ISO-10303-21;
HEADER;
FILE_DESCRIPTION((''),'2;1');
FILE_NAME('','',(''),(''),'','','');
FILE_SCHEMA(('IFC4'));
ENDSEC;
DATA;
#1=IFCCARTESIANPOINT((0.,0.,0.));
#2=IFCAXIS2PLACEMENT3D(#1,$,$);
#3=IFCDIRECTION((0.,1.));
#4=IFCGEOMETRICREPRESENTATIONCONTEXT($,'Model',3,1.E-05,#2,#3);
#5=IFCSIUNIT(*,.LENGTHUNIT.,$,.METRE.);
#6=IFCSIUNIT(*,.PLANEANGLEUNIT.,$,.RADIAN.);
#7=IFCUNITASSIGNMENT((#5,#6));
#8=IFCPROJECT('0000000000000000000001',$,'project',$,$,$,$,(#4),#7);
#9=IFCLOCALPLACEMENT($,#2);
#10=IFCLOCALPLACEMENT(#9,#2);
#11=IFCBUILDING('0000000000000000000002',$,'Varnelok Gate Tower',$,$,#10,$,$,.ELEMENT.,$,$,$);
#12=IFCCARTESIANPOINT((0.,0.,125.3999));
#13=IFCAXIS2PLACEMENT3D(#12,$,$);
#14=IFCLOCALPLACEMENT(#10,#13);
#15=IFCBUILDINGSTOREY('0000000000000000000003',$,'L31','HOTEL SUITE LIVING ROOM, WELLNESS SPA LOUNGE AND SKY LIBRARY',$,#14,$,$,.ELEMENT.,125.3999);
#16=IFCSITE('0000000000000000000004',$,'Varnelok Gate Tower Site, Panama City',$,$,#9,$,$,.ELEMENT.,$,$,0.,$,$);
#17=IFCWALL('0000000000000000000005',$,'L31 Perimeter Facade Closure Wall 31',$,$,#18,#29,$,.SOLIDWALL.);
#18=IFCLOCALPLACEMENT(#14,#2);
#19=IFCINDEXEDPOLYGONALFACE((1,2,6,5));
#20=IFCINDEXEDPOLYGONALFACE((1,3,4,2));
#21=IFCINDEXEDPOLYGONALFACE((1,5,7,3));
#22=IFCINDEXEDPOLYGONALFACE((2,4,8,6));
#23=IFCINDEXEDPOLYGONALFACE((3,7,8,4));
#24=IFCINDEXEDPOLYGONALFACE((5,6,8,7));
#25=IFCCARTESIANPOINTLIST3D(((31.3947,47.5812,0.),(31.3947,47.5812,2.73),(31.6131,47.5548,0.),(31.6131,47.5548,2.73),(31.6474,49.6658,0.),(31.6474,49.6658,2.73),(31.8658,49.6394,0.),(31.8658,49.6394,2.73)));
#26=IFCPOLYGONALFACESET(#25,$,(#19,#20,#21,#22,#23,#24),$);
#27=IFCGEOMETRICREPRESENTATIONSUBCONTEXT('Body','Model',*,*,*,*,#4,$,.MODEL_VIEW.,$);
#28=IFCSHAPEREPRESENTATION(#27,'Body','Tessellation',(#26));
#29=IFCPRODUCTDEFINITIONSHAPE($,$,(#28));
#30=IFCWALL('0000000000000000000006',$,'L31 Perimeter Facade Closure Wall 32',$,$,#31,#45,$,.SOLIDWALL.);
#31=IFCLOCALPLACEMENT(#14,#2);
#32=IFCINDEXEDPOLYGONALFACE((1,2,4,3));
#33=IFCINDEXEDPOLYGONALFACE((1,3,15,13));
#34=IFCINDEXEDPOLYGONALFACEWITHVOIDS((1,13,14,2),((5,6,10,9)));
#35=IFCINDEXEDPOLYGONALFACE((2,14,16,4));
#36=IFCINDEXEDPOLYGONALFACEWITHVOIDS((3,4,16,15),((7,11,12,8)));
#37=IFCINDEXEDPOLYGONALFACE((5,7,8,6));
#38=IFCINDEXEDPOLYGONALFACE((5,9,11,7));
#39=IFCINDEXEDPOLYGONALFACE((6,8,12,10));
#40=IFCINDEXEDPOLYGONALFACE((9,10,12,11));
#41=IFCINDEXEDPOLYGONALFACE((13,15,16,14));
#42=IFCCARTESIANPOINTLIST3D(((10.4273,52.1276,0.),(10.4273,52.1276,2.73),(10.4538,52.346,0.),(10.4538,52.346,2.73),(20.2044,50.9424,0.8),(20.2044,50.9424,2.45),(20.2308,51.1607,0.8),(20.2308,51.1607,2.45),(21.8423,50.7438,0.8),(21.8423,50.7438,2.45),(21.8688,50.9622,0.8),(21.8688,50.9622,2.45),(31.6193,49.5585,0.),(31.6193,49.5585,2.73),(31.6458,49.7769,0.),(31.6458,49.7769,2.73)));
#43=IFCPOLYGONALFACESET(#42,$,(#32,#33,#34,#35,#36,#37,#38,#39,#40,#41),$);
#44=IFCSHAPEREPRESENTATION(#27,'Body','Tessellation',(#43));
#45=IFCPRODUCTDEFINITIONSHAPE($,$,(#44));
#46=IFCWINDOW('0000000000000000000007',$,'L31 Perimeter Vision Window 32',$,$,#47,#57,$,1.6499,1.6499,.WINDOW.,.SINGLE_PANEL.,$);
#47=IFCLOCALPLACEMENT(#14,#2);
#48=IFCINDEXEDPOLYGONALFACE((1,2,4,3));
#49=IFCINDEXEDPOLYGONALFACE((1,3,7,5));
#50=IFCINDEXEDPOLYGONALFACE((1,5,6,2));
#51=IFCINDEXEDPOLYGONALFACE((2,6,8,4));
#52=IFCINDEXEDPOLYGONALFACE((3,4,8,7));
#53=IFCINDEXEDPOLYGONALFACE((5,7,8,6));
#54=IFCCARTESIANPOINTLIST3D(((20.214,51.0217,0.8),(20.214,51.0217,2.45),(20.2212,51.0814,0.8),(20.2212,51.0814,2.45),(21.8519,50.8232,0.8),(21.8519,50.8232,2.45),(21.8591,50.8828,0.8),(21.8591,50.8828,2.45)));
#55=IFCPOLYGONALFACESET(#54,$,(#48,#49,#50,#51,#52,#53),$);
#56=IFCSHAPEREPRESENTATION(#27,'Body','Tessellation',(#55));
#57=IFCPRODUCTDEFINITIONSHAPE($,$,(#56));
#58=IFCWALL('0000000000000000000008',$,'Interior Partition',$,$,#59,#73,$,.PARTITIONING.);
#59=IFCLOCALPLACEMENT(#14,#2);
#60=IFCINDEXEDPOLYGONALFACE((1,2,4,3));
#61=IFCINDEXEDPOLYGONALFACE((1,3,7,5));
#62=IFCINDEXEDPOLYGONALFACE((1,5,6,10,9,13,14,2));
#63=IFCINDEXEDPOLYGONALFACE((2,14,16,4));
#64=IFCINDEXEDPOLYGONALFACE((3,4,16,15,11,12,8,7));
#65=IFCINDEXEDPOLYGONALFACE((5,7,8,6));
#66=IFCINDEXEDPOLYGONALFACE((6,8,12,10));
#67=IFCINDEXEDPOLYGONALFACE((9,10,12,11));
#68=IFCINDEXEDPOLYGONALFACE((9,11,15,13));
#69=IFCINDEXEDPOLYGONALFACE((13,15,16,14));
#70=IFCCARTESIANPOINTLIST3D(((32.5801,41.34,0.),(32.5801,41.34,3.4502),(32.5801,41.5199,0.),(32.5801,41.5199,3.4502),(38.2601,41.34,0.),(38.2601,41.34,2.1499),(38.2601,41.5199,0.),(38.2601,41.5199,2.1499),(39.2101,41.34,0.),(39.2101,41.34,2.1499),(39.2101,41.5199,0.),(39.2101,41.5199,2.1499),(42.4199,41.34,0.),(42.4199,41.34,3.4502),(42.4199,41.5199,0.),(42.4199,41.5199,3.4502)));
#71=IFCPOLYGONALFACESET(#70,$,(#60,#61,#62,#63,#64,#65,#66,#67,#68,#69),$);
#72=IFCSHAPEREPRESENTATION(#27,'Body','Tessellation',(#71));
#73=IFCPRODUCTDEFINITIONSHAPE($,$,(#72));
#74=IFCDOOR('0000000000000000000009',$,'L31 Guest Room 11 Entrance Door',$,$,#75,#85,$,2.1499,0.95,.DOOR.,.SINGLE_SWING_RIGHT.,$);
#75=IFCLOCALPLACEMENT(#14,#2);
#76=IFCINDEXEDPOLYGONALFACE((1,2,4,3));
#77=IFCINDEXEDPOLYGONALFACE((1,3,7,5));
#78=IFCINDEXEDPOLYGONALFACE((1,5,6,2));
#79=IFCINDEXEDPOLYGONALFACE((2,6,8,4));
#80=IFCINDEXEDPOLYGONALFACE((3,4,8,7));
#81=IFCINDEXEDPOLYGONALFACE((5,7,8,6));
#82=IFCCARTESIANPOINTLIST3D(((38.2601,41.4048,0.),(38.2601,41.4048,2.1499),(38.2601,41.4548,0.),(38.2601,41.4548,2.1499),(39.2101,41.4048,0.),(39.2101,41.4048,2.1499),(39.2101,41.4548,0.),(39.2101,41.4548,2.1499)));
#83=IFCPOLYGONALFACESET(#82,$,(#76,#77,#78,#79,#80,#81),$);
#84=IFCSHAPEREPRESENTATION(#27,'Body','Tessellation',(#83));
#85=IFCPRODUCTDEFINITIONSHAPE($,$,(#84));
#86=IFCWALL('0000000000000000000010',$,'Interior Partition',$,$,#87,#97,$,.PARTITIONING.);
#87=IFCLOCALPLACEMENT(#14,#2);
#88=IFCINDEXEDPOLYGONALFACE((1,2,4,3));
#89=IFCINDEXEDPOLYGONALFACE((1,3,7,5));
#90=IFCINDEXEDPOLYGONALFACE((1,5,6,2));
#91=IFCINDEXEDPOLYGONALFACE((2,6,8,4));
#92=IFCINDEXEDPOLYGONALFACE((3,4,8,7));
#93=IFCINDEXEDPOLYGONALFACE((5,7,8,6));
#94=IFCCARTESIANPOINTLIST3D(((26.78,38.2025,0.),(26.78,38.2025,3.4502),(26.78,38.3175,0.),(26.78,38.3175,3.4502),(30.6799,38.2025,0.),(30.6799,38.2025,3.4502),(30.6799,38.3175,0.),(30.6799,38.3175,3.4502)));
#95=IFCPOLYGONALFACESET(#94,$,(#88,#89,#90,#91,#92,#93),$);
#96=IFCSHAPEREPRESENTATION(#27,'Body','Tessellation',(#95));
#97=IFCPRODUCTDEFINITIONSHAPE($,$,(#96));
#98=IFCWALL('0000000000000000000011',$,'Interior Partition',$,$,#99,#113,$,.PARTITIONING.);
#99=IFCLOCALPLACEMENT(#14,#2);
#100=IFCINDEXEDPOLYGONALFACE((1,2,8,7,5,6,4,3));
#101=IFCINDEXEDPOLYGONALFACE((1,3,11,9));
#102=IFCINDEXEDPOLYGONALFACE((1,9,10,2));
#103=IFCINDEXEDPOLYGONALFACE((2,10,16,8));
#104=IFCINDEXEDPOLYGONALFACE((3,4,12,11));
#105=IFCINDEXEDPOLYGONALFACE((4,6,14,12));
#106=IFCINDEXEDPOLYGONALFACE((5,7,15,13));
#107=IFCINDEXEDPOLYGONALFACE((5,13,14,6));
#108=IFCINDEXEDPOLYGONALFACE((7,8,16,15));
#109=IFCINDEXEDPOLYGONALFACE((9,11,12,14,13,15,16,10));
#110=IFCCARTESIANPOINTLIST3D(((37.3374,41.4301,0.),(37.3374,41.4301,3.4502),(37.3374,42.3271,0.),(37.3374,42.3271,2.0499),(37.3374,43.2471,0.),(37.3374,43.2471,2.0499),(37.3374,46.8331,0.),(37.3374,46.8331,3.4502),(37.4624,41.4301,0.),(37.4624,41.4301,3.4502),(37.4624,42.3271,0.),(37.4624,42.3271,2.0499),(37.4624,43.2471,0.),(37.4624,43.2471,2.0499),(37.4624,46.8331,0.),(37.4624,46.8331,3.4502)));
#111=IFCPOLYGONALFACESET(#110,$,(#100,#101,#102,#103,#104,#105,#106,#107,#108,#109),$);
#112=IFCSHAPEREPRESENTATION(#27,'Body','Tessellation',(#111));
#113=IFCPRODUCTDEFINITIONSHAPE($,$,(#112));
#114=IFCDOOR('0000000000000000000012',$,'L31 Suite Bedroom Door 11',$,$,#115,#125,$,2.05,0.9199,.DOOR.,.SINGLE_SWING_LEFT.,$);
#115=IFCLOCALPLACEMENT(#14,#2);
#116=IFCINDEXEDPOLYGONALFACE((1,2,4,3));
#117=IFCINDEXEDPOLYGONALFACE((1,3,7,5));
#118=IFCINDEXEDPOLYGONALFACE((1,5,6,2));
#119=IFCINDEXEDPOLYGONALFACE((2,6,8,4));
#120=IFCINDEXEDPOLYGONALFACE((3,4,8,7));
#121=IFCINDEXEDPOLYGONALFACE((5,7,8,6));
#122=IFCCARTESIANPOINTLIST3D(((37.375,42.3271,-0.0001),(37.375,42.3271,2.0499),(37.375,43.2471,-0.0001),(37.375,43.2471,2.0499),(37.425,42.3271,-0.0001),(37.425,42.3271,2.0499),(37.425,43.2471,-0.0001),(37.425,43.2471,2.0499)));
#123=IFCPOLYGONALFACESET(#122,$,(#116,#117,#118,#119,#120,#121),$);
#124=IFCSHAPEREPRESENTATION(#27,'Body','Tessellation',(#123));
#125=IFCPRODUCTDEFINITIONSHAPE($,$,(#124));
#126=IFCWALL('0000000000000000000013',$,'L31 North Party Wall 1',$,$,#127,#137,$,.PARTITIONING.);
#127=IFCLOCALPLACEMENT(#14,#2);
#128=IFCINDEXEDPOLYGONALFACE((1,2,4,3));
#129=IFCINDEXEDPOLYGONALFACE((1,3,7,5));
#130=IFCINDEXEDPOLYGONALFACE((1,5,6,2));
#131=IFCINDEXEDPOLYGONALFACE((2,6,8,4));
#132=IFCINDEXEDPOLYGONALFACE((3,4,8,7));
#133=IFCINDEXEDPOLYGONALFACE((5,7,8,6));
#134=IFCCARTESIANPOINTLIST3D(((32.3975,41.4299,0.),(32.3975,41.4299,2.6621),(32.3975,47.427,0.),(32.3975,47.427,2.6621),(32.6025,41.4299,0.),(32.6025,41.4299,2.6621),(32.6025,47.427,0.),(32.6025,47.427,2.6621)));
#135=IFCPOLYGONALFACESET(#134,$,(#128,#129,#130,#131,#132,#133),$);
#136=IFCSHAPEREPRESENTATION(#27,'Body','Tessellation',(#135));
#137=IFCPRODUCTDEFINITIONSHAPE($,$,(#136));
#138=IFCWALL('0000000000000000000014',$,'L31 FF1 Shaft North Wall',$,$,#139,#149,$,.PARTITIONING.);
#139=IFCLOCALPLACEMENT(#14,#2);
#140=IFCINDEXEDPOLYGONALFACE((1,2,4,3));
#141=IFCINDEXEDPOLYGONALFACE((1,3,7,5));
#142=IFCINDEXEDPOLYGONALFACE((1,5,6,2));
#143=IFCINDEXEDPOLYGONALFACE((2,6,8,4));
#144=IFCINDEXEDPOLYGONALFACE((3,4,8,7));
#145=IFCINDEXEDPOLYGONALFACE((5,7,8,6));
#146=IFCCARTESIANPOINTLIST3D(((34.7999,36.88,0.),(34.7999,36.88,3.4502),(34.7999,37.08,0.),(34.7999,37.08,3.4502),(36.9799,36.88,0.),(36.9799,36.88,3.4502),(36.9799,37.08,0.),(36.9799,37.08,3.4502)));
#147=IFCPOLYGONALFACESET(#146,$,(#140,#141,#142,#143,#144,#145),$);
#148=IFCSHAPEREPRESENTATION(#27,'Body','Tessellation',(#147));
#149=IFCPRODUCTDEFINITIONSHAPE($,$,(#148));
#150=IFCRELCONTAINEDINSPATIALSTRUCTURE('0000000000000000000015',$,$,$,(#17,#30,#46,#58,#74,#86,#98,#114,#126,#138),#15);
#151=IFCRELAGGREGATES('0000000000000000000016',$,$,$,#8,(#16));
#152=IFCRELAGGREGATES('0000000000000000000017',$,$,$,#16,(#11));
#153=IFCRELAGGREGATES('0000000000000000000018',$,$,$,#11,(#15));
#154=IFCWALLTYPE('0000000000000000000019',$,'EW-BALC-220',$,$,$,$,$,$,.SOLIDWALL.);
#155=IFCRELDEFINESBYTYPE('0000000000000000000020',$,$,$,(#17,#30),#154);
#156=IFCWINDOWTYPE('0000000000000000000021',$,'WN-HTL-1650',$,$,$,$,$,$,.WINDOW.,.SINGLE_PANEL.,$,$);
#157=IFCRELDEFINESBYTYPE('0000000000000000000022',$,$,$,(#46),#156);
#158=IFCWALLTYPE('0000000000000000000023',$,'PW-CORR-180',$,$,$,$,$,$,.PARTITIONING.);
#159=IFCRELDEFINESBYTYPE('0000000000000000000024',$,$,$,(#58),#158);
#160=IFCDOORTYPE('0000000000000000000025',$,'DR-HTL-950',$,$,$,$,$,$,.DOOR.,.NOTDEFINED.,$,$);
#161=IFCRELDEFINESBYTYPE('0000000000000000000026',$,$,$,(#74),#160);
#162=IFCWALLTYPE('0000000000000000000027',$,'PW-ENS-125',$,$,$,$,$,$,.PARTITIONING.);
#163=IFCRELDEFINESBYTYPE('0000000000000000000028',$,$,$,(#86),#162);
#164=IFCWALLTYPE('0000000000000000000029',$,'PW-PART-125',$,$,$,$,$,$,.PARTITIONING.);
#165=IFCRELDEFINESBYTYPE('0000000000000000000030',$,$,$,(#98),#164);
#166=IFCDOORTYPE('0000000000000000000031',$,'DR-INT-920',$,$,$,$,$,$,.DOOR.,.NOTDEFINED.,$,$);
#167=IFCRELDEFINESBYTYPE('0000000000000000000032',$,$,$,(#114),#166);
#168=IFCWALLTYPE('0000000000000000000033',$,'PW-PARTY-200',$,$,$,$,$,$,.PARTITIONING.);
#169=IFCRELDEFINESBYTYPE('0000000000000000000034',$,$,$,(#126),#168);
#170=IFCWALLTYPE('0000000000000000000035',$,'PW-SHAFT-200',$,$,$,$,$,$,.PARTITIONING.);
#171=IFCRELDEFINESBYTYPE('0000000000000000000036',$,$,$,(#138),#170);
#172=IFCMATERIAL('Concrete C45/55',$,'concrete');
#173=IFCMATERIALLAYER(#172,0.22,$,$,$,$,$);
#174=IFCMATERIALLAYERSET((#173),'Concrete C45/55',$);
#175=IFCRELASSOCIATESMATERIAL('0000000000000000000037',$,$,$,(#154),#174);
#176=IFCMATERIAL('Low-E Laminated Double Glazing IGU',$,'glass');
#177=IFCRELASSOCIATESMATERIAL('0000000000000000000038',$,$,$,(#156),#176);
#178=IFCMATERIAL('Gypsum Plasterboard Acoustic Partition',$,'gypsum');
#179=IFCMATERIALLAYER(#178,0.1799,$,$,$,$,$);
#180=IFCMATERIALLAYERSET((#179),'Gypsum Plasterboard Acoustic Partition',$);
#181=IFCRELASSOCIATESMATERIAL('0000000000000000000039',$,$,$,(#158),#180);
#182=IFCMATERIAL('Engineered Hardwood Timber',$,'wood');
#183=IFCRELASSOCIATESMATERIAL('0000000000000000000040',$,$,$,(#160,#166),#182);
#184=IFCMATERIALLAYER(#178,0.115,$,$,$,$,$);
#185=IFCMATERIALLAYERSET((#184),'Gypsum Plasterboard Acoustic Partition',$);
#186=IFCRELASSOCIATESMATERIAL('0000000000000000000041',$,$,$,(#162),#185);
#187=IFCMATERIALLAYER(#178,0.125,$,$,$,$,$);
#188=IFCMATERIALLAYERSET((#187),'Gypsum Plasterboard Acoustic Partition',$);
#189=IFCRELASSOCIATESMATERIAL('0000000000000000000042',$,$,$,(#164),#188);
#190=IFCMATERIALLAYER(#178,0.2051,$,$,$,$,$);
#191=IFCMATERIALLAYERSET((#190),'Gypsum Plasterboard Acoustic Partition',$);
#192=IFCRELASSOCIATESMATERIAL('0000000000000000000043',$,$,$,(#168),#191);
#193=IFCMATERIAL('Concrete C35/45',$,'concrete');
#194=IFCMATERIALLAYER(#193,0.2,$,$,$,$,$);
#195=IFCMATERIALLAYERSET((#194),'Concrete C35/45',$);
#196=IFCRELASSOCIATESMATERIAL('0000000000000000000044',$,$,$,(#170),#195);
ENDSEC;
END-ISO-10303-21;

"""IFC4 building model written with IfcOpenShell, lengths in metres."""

from ifc_helpers import new_model, si_unit, direction, frame, frame_2d, origin, place, context, subcontext, project, spatial, rectangle, extrude, material, layer, layer_set, type_object, element, fill, save


model = new_model("IFC4")

# Units and contexts
model_context = context("Model", 3, precision=1e-05, world=origin(), true_north=direction((0.0, 1.0)))
body_context = subcontext(model_context, "Body", "Model", "MODEL_VIEW")
ifc_project = project(units=[si_unit("LENGTHUNIT", "METRE"), si_unit("PLANEANGLEUNIT", "RADIAN")], contexts=[model_context])

# Site, building, storey
site_placement = place(None, origin())
site = spatial("IfcSite", under=ifc_project, at=site_placement, Name="Varnelok Gate Tower Site, Panama City", CompositionType="ELEMENT", RefElevation=0.0)
building_placement = place(site_placement, origin())
building = spatial("IfcBuilding", under=site, at=building_placement, Name="Varnelok Gate Tower", CompositionType="ELEMENT")
storey_placement = place(building_placement, frame((0.0, 0.0, 125.3999)))
storey = spatial("IfcBuildingStorey", under=building, at=storey_placement, Name="L31", Description="HOTEL SUITE LIVING ROOM, WELLNESS SPA LOUNGE AND SKY LIBRARY", CompositionType="ELEMENT", Elevation=125.3999)

# Shared definitions
ifc_material_1 = material(Name="Concrete C45/55", Category="concrete")
ifc_layer_1 = layer(ifc_material_1, 0.22)
ifc_layer_set_1 = layer_set([ifc_layer_1], Name="Concrete C45/55")
wall_type_1 = type_object("IfcWallType", Name="EW-BALC-220", PredefinedType="SOLIDWALL", material=ifc_layer_set_1)

# Wall
wall_1_placement = place(storey_placement, frame((31.5039, 47.5681, 0.0), z_axis=(0.0, 0.0, 1.0), x_axis=(0.120342, 0.992733, 0.0)))
element("IfcWall", 1, at=wall_1_placement, inside=storey, type_object=wall_type_1, Name="L31 Perimeter Facade Closure Wall 31", PredefinedType="SOLIDWALL", context=body_context, shape_type="SweptSolid", body=[
    extrude(rectangle(XDim=2.0999, YDim=0.22, at=frame_2d((1.0498, 0.0))), origin(), (0.0, 0.0, 1.0), 2.73),
])

# Wall, opening, window
wall_2_placement = place(storey_placement, frame((31.6326, 49.6677, 0.0), z_axis=(0.0, 0.0, 1.0), x_axis=(-0.992732, 0.120349, 0.0)))
wall_2 = element("IfcWall", 2, at=wall_2_placement, inside=storey, type_object=wall_type_1, Name="L31 Perimeter Facade Closure Wall 32", PredefinedType="SOLIDWALL", context=body_context, shape_type="SweptSolid", body=[
    extrude(rectangle(XDim=21.3472, YDim=0.22, at=frame_2d((10.6736, 0.0))), origin(), (0.0, 0.0, 1.0), 2.73),
])
opening_1_placement = place(wall_2_placement, frame((9.8486, 0.0, 0.8)))
opening_1 = element("IfcOpeningElement", 3, at=opening_1_placement, cuts=wall_2, PredefinedType="OPENING", context=body_context, shape_type="SweptSolid", body=[
    extrude(rectangle(XDim=1.6499, YDim=1.6499, at=frame_2d((0.825, 0.825))), frame((0.0, 0.1199, 0.0), z_axis=(0.0, -1.0, 0.0), x_axis=(1.0, 0.0, 0.0)), (0.0, 0.0, 1.0), 0.24),
])
ifc_material_2 = material(Name="Low-E Laminated Double Glazing IGU", Category="glass")
window_type = type_object("IfcWindowType", Name="WN-HTL-1650", PartitioningType="SINGLE_PANEL", PredefinedType="WINDOW", material=ifc_material_2)
window_placement = place(opening_1_placement, origin())
window = element("IfcWindow", 4, at=window_placement, inside=storey, type_object=window_type, Name="L31 Perimeter Vision Window 32", OverallHeight=1.6499, OverallWidth=1.6499, PartitioningType="SINGLE_PANEL", PredefinedType="WINDOW", context=body_context, shape_type="SweptSolid", body=[
    extrude(rectangle(XDim=1.6499, YDim=1.6499, at=frame_2d((0.825, 0.825))), frame((0.0, 0.03, 0.0), z_axis=(0.0, -1.0, 0.0), x_axis=(1.0, 0.0, 0.0)), (0.0, 0.0, 1.0), 0.0601),
])
fill(opening_1, window)

# Wall, opening, door
ifc_material_3 = material(Name="Gypsum Plasterboard Acoustic Partition", Category="gypsum")
ifc_layer_2 = layer(ifc_material_3, 0.1799)
ifc_layer_set_2 = layer_set([ifc_layer_2], Name="Gypsum Plasterboard Acoustic Partition")
wall_type_2 = type_object("IfcWallType", Name="PW-CORR-180", PredefinedType="PARTITIONING", material=ifc_layer_set_2)
wall_3_placement = place(storey_placement, frame((32.5801, 41.4299, 0.0), z_axis=(0.0, 0.0, 1.0), x_axis=(1.0, 0.0, 0.0)))
wall_3 = element("IfcWall", 5, at=wall_3_placement, inside=storey, type_object=wall_type_2, Name="Interior Partition", PredefinedType="PARTITIONING", context=body_context, shape_type="SweptSolid", body=[
    extrude(rectangle(XDim=9.8398, YDim=0.1799, at=frame_2d((4.9199, 0.0))), origin(), (0.0, 0.0, 1.0), 3.4502),
])
opening_2_placement = place(wall_3_placement, frame((5.6799, 0.0, 0.0)))
opening_2 = element("IfcOpeningElement", 6, at=opening_2_placement, cuts=wall_3, PredefinedType="OPENING", context=body_context, shape_type="SweptSolid", body=[
    extrude(rectangle(XDim=0.95, YDim=2.1499, at=frame_2d((0.4751, 1.075))), frame((0.0, 0.0999, 0.0), z_axis=(0.0, -1.0, 0.0), x_axis=(1.0, 0.0, 0.0)), (0.0, 0.0, 1.0), 0.2),
])
ifc_material_4 = material(Name="Engineered Hardwood Timber", Category="wood")
door_type_1 = type_object("IfcDoorType", Name="DR-HTL-950", OperationType="NOTDEFINED", PredefinedType="DOOR", material=ifc_material_4)
door_1_placement = place(opening_2_placement, origin())
door_1 = element("IfcDoor", 7, at=door_1_placement, inside=storey, type_object=door_type_1, Name="L31 Guest Room 11 Entrance Door", OperationType="SINGLE_SWING_RIGHT", OverallHeight=2.1499, OverallWidth=0.95, PredefinedType="DOOR", context=body_context, shape_type="SweptSolid", body=[
    extrude(rectangle(XDim=0.95, YDim=2.1499, at=frame_2d((0.4751, 1.075))), frame((0.0, 0.0249, 0.0), z_axis=(0.0, -1.0, 0.0), x_axis=(1.0, 0.0, 0.0)), (0.0, 0.0, 1.0), 0.05),
])
fill(opening_2, door_1)

# Wall
ifc_layer_3 = layer(ifc_material_3, 0.115)
ifc_layer_set_3 = layer_set([ifc_layer_3], Name="Gypsum Plasterboard Acoustic Partition")
wall_type_3 = type_object("IfcWallType", Name="PW-ENS-125", PredefinedType="PARTITIONING", material=ifc_layer_set_3)
wall_4_placement = place(storey_placement, frame((26.78, 38.26, 0.0), z_axis=(0.0, 0.0, 1.0), x_axis=(1.0, 0.0, 0.0)))
element("IfcWall", 8, at=wall_4_placement, inside=storey, type_object=wall_type_3, Name="Interior Partition", PredefinedType="PARTITIONING", context=body_context, shape_type="SweptSolid", body=[
    extrude(rectangle(XDim=3.8999, YDim=0.115, at=frame_2d((1.95, 0.0))), origin(), (0.0, 0.0, 1.0), 3.4502),
])

# Wall, opening, door
ifc_layer_4 = layer(ifc_material_3, 0.125)
ifc_layer_set_4 = layer_set([ifc_layer_4], Name="Gypsum Plasterboard Acoustic Partition")
wall_type_4 = type_object("IfcWallType", Name="PW-PART-125", PredefinedType="PARTITIONING", material=ifc_layer_set_4)
wall_5_placement = place(storey_placement, frame((37.3999, 41.4299, 0.0), z_axis=(0.0, 0.0, 1.0), x_axis=(0.0, 1.0, 0.0)))
wall_5 = element("IfcWall", 9, at=wall_5_placement, inside=storey, type_object=wall_type_4, Name="Interior Partition", PredefinedType="PARTITIONING", context=body_context, shape_type="SweptSolid", body=[
    extrude(rectangle(XDim=5.4031, YDim=0.125, at=frame_2d((2.7017, 0.0))), origin(), (0.0, 0.0, 1.0), 3.4502),
])
opening_3_placement = place(wall_5_placement, frame((0.8972, 0.0, 0.0)))
opening_3 = element("IfcOpeningElement", 10, at=opening_3_placement, cuts=wall_5, PredefinedType="OPENING", context=body_context, shape_type="SweptSolid", body=[
    extrude(rectangle(XDim=0.9199, YDim=2.05, at=frame_2d((0.46, 1.0249))), frame((0.0, 0.0725, 0.0), z_axis=(0.0, -1.0, 0.0), x_axis=(1.0, 0.0, 0.0)), (0.0, 0.0, 1.0), 0.145),
])
door_type_2 = type_object("IfcDoorType", Name="DR-INT-920", OperationType="NOTDEFINED", PredefinedType="DOOR", material=ifc_material_4)
door_2_placement = place(opening_3_placement, origin())
door_2 = element("IfcDoor", 11, at=door_2_placement, inside=storey, type_object=door_type_2, Name="L31 Suite Bedroom Door 11", OperationType="SINGLE_SWING_LEFT", OverallHeight=2.05, OverallWidth=0.9199, PredefinedType="DOOR", context=body_context, shape_type="SweptSolid", body=[
    extrude(rectangle(XDim=0.9199, YDim=2.05, at=frame_2d((0.46, 1.0249))), frame((0.0, 0.0249, 0.0), z_axis=(0.0, -1.0, 0.0), x_axis=(1.0, 0.0, 0.0)), (0.0, 0.0, 1.0), 0.05),
])
fill(opening_3, door_2)

# Walls
ifc_layer_5 = layer(ifc_material_3, 0.2051)
ifc_layer_set_5 = layer_set([ifc_layer_5], Name="Gypsum Plasterboard Acoustic Partition")
wall_type_5 = type_object("IfcWallType", Name="PW-PARTY-200", PredefinedType="PARTITIONING", material=ifc_layer_set_5)
wall_6_placement = place(storey_placement, frame((32.5, 41.4299, 0.0), z_axis=(0.0, 0.0, 1.0), x_axis=(0.0, 1.0, 0.0)))
element("IfcWall", 12, at=wall_6_placement, inside=storey, type_object=wall_type_5, Name="L31 North Party Wall 1", PredefinedType="PARTITIONING", context=body_context, shape_type="SweptSolid", body=[
    extrude(rectangle(XDim=5.9971, YDim=0.2051, at=frame_2d((2.9985, 0.0))), origin(), (0.0, 0.0, 1.0), 2.6621),
])
ifc_material_5 = material(Name="Concrete C35/45", Category="concrete")
ifc_layer_6 = layer(ifc_material_5, 0.2)
ifc_layer_set_6 = layer_set([ifc_layer_6], Name="Concrete C35/45")
wall_type_6 = type_object("IfcWallType", Name="PW-SHAFT-200", PredefinedType="PARTITIONING", material=ifc_layer_set_6)
wall_7_placement = place(storey_placement, frame((34.8, 36.98, 0.0), z_axis=(0.0, 0.0, 1.0), x_axis=(1.0, 0.0, 0.0)))
element("IfcWall", 13, at=wall_7_placement, inside=storey, type_object=wall_type_6, Name="L31 FF1 Shaft North Wall", PredefinedType="PARTITIONING", context=body_context, shape_type="SweptSolid", body=[
    extrude(rectangle(XDim=2.1799, YDim=0.2, at=frame_2d((1.0898, 0.0))), origin(), (0.0, 0.0, 1.0), 3.4502),
])

save(model, "model.ifc")
